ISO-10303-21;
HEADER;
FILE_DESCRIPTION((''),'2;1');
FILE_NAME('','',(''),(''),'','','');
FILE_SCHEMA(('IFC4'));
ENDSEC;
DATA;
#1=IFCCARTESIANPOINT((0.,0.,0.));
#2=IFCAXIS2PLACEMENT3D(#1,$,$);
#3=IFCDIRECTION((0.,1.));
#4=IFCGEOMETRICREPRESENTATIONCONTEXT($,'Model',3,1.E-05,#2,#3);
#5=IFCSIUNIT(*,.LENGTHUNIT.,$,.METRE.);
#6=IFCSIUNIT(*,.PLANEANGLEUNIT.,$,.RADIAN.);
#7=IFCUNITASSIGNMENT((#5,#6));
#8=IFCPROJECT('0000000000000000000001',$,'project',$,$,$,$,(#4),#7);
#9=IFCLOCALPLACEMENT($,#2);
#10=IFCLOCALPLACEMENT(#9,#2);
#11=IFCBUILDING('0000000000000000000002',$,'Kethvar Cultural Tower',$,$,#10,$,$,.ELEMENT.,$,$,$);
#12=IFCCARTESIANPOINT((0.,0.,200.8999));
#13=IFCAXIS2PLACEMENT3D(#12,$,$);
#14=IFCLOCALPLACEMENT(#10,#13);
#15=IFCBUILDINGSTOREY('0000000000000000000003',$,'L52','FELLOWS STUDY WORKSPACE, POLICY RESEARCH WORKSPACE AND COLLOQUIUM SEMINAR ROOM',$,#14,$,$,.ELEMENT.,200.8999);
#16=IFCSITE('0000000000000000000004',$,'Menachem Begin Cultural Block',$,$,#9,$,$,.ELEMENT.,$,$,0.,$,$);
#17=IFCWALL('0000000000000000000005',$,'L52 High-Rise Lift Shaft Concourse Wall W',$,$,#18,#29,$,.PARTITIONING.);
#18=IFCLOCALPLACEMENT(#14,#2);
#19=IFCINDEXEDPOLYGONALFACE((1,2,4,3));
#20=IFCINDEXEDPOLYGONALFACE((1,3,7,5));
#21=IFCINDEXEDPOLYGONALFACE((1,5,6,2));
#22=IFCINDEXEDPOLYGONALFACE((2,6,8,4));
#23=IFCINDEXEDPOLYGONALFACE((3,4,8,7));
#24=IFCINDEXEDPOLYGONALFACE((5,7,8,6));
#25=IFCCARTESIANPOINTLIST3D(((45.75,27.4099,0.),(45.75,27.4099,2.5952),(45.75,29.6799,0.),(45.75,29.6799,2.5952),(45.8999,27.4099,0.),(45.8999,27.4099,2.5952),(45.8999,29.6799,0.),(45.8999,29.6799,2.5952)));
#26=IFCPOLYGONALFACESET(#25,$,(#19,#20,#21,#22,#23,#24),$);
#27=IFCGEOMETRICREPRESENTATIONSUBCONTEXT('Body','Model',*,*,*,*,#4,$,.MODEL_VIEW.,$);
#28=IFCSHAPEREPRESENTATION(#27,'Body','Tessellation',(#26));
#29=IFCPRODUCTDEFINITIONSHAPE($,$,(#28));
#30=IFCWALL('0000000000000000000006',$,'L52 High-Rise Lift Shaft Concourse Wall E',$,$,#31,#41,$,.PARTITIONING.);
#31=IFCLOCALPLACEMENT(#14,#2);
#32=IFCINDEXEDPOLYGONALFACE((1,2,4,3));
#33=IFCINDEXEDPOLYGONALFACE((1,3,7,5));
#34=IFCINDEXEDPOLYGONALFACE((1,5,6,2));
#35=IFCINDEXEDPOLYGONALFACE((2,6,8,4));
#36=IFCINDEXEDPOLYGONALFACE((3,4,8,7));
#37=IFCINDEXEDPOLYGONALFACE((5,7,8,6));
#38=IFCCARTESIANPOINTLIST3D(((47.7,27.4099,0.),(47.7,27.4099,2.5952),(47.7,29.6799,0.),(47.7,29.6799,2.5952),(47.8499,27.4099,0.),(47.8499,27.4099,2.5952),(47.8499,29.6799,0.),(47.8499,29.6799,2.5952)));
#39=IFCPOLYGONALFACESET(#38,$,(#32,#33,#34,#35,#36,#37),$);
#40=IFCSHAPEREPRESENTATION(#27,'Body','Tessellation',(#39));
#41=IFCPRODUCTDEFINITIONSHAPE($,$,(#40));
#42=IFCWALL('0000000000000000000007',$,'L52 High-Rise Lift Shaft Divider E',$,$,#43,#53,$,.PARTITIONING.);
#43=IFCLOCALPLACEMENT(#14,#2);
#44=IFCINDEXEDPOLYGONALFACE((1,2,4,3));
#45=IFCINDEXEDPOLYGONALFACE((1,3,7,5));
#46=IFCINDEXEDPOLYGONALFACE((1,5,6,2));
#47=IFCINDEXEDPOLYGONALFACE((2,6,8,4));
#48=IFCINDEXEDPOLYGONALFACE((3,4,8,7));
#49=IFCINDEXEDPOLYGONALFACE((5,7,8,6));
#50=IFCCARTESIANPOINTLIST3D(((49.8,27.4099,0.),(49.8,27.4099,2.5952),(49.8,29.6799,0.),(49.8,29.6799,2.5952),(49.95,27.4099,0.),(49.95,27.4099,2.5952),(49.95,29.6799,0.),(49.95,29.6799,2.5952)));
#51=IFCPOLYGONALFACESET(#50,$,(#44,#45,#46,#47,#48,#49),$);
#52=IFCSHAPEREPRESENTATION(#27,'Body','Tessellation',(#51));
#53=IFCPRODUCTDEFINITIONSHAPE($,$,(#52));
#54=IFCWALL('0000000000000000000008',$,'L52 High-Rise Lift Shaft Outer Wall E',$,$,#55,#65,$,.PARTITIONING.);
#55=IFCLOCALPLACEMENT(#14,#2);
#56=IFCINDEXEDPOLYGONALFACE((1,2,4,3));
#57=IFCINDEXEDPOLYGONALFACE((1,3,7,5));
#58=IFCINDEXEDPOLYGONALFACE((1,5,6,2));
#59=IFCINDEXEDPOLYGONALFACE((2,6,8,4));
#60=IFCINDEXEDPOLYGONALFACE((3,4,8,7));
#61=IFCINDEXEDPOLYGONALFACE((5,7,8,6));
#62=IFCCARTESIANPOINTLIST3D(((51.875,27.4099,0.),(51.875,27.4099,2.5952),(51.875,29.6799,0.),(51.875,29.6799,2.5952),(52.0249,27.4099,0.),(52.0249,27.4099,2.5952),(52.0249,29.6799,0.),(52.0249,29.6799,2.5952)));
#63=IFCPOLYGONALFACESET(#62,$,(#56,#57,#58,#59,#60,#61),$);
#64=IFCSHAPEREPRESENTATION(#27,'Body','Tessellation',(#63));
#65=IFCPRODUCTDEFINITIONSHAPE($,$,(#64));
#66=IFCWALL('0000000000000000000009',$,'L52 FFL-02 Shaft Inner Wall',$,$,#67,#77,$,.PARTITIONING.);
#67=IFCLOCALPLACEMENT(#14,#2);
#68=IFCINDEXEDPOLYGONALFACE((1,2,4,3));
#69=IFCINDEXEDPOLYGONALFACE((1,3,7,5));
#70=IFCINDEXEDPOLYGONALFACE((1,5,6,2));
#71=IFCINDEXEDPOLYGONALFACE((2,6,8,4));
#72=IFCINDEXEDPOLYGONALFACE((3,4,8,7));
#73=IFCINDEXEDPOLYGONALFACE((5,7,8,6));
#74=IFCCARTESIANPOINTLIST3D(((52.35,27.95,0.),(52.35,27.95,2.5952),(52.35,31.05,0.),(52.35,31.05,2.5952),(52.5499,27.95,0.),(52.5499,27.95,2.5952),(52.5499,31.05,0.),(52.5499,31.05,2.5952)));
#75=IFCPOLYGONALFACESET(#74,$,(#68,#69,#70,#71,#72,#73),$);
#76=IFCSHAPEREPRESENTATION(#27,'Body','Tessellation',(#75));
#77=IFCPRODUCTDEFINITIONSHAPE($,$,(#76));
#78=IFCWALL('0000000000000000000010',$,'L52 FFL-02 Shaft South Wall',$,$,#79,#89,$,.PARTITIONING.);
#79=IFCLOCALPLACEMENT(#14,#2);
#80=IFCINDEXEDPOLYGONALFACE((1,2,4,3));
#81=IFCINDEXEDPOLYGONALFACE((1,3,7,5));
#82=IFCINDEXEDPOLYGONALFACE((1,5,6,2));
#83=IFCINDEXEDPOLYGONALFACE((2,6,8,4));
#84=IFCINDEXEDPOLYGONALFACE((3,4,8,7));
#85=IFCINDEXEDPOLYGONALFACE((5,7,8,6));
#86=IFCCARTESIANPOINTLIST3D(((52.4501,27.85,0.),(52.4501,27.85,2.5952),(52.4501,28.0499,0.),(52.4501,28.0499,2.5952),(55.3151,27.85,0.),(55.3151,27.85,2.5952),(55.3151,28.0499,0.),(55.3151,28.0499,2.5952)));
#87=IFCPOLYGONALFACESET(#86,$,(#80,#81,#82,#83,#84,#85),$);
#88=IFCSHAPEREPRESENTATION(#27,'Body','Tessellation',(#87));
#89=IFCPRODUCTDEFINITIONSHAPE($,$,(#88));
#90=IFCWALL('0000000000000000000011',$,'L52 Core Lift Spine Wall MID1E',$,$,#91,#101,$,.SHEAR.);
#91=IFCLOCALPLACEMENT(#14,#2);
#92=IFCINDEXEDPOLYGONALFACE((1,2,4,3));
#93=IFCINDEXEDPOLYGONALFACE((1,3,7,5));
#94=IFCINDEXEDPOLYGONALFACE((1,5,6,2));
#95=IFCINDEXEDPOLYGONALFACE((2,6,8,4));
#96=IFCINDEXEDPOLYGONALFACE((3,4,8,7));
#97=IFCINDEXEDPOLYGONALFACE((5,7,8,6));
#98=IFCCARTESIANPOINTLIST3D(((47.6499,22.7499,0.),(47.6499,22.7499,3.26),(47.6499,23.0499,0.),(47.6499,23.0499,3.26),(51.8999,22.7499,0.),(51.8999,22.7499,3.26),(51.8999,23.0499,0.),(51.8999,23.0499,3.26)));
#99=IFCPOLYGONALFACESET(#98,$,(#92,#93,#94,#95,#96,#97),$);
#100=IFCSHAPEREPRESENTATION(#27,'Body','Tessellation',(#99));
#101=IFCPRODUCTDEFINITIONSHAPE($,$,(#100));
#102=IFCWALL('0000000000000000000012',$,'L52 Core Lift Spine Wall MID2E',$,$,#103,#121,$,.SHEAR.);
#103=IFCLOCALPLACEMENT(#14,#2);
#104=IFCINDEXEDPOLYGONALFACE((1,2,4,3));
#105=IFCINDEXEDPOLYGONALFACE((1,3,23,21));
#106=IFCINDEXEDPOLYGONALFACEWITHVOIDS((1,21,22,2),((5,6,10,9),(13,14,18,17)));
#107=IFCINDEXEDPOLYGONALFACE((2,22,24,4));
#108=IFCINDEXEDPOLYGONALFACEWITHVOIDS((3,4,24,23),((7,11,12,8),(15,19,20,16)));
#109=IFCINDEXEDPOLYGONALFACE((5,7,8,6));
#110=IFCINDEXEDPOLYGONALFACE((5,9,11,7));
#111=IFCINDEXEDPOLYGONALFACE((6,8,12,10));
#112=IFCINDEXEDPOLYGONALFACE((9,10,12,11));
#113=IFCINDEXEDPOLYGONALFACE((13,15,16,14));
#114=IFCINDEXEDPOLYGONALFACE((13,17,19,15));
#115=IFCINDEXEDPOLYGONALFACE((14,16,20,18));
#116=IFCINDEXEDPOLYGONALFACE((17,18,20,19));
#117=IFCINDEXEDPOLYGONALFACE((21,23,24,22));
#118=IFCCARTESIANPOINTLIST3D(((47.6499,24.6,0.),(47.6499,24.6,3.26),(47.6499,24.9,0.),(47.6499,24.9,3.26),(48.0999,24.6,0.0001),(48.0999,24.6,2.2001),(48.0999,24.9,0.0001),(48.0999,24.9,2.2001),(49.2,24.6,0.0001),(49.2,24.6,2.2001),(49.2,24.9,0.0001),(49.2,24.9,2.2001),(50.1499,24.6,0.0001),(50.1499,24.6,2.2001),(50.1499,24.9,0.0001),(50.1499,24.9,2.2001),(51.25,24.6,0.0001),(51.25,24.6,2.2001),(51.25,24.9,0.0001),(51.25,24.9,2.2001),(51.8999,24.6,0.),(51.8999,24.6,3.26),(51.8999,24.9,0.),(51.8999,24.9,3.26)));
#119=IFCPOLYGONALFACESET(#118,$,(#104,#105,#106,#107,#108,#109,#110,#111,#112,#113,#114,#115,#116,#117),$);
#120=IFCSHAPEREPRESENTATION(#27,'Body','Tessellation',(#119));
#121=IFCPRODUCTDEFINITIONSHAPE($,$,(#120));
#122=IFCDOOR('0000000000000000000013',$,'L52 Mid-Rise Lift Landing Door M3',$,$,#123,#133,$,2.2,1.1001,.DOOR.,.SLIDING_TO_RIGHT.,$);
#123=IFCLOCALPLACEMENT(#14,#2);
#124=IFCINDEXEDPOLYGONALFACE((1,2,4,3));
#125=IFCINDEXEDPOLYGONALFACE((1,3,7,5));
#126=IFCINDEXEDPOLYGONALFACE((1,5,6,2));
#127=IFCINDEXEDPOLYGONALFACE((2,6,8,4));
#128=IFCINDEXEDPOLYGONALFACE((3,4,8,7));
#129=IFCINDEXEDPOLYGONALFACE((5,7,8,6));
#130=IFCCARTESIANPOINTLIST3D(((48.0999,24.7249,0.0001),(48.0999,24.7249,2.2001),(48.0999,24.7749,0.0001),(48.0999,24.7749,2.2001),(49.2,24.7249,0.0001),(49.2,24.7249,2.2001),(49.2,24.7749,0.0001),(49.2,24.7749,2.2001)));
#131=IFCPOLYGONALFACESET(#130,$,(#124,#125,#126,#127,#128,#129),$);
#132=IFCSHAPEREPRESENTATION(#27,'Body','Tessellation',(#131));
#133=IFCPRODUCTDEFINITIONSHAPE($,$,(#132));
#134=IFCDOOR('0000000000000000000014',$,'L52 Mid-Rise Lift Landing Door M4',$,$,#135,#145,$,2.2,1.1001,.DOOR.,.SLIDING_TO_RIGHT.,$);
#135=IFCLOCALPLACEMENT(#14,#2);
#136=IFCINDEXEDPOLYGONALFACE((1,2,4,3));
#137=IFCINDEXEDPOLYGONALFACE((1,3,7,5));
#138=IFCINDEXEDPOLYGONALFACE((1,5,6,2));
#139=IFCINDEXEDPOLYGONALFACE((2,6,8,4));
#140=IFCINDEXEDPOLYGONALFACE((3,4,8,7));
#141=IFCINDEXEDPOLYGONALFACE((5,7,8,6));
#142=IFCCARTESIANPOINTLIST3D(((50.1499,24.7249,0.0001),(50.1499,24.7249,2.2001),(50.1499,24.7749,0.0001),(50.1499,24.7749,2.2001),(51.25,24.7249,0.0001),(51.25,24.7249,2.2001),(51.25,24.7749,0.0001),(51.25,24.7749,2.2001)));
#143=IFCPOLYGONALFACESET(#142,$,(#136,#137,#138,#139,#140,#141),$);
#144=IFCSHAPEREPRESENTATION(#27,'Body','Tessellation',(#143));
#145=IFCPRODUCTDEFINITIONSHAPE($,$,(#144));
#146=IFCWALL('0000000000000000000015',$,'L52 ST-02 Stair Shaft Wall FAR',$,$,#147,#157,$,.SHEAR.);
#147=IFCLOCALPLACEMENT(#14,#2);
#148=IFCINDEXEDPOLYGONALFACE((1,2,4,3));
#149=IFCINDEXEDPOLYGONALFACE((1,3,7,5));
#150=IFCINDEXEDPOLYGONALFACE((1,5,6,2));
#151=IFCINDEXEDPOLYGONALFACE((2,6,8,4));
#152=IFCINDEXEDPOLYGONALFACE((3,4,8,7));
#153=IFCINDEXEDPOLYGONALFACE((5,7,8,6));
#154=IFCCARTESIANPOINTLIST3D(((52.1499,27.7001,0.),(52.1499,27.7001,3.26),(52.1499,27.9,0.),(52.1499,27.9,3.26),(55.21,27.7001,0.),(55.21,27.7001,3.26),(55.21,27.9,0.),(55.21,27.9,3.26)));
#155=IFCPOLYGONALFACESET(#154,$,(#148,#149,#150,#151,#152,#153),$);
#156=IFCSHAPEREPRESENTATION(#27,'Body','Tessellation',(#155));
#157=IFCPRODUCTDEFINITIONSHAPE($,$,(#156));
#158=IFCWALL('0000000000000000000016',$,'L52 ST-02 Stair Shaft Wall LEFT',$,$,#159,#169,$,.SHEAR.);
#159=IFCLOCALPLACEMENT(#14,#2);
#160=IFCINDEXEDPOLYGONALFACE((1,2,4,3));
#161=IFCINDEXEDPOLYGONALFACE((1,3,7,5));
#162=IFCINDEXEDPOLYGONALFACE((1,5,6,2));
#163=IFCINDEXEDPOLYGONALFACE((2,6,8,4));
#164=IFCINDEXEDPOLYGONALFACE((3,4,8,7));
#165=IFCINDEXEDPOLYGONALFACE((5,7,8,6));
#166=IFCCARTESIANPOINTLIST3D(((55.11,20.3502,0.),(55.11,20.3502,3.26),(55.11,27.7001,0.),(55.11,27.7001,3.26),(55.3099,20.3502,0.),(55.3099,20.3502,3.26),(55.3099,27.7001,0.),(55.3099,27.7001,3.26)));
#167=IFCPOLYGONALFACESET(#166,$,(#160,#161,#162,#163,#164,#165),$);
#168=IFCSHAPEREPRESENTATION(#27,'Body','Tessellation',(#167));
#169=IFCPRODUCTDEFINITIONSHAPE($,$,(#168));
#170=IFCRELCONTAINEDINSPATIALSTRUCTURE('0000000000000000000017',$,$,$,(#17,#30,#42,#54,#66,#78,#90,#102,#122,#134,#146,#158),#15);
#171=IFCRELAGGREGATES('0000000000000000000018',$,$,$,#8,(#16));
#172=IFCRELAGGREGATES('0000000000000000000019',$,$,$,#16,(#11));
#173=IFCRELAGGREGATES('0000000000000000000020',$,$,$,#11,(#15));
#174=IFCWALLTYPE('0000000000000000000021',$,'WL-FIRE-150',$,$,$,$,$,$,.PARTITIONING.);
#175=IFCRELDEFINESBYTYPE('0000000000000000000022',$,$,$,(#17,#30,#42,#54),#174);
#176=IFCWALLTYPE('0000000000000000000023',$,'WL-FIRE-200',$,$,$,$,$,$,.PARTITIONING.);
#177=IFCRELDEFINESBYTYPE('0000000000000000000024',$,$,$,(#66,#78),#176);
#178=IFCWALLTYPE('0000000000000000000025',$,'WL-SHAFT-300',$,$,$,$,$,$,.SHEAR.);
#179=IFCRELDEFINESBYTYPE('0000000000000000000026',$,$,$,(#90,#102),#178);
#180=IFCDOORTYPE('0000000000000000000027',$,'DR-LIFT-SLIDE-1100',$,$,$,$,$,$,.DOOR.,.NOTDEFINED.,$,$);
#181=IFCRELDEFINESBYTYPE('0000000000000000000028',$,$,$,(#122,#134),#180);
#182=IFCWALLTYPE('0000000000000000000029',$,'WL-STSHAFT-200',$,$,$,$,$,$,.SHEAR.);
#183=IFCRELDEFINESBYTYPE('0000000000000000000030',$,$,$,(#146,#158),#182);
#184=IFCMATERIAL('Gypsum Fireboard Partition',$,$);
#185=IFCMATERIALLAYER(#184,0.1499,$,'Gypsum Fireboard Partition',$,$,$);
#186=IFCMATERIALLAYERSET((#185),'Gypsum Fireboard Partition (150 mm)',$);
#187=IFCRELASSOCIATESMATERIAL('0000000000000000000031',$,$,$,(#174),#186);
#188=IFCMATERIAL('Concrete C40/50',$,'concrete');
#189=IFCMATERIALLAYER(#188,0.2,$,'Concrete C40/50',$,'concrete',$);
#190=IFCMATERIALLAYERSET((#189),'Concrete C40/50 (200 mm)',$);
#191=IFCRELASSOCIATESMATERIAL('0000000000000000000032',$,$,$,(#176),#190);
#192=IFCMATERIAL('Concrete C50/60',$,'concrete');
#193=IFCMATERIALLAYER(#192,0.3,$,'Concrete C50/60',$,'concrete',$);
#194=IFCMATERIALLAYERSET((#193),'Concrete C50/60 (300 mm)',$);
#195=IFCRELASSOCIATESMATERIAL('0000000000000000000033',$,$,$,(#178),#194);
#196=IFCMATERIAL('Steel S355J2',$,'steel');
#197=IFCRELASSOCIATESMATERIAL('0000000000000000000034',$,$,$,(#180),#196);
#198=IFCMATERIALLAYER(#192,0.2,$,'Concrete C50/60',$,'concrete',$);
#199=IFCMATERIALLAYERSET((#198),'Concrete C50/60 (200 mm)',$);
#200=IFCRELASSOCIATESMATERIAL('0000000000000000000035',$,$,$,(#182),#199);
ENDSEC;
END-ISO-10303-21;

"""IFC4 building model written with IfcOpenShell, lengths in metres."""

from ifc_helpers import new_model, si_unit, direction, frame, frame_2d, origin, place, context, subcontext, project, spatial, rectangle, extrude, source, transform, mapped, material, layer, layer_set, type_object, element, fill, save


model = new_model("IFC4")

# Units and contexts
model_context = context("Model", 3, precision=1e-05, world=origin(), true_north=direction((0.0, 1.0)))
body_context = subcontext(model_context, "Body", "Model", "MODEL_VIEW")
ifc_project = project(units=[si_unit("LENGTHUNIT", "METRE"), si_unit("PLANEANGLEUNIT", "RADIAN")], contexts=[model_context])

# Site, building, storey
site_placement = place(None, origin())
site = spatial("IfcSite", under=ifc_project, at=site_placement, Name="Menachem Begin Cultural Block", CompositionType="ELEMENT", RefElevation=0.0)
building_placement = place(site_placement, origin())
building = spatial("IfcBuilding", under=site, at=building_placement, Name="Kethvar Cultural Tower", CompositionType="ELEMENT")
storey_placement = place(building_placement, frame((0.0, 0.0, 200.8999)))
storey = spatial("IfcBuildingStorey", under=building, at=storey_placement, Name="L52", Description="FELLOWS STUDY WORKSPACE, POLICY RESEARCH WORKSPACE AND COLLOQUIUM SEMINAR ROOM", CompositionType="ELEMENT", Elevation=200.8999)

# Shared definitions
ifc_material_1 = material(Name="Steel S355J2", Category="steel")

# Walls
ifc_material_2 = material(Name="Gypsum Fireboard Partition")
ifc_layer_1 = layer(ifc_material_2, 0.1499, Name="Gypsum Fireboard Partition")
ifc_layer_set_1 = layer_set([ifc_layer_1], Name="Gypsum Fireboard Partition (150 mm)")
wall_type_1 = type_object("IfcWallType", Name="WL-FIRE-150", PredefinedType="PARTITIONING", material=ifc_layer_set_1)
for number, where, z_axis, x_axis, name in (
    (1, (45.825, 27.4099, 0.0), (0.0, 0.0, 1.0), (0.0, 1.0, 0.0), "L52 High-Rise Lift Shaft Concourse Wall W"),
    (2, (47.7749, 27.4099, 0.0), (0.0, 0.0, 1.0), (0.0, 1.0, 0.0), "L52 High-Rise Lift Shaft Concourse Wall E"),
    (3, (49.875, 27.4099, 0.0), (0.0, 0.0, 1.0), (0.0, 1.0, 0.0), "L52 High-Rise Lift Shaft Divider E"),
    (4, (51.95, 27.4099, 0.0), (0.0, 0.0, 1.0), (0.0, 1.0, 0.0), "L52 High-Rise Lift Shaft Outer Wall E"),
):
    element("IfcWall", number, at=place(storey_placement, frame(where, z_axis=z_axis, x_axis=x_axis)), inside=storey, type_object=wall_type_1, Name=name, PredefinedType="PARTITIONING", context=body_context, shape_type="SweptSolid", body=[
        extrude(rectangle(XDim=2.27, YDim=0.1499, at=frame_2d((1.135, 0.0))), origin(), (0.0, 0.0, 1.0), 2.5952),
    ])
ifc_material_3 = material(Name="Concrete C40/50", Category="concrete")
ifc_layer_2 = layer(ifc_material_3, 0.2, Name="Concrete C40/50", Category="concrete")
ifc_layer_set_2 = layer_set([ifc_layer_2], Name="Concrete C40/50 (200 mm)")
wall_type_2 = type_object("IfcWallType", Name="WL-FIRE-200", PredefinedType="PARTITIONING", material=ifc_layer_set_2)
wall_1_placement = place(storey_placement, frame((52.45, 27.95, 0.0), z_axis=(0.0, 0.0, 1.0), x_axis=(0.0, 1.0, 0.0)))
element("IfcWall", 5, at=wall_1_placement, inside=storey, type_object=wall_type_2, Name="L52 FFL-02 Shaft Inner Wall", PredefinedType="PARTITIONING", context=body_context, shape_type="SweptSolid", body=[
    extrude(rectangle(XDim=3.1001, YDim=0.2, at=frame_2d((1.55, 0.0))), origin(), (0.0, 0.0, 1.0), 2.5952),
])
wall_2_placement = place(storey_placement, frame((52.45, 27.95, 0.0), z_axis=(0.0, 0.0, 1.0), x_axis=(1.0, 0.0, 0.0)))
element("IfcWall", 6, at=wall_2_placement, inside=storey, type_object=wall_type_2, Name="L52 FFL-02 Shaft South Wall", PredefinedType="PARTITIONING", context=body_context, shape_type="SweptSolid", body=[
    extrude(rectangle(XDim=2.865, YDim=0.2, at=frame_2d((1.4326, 0.0))), origin(), (0.0, 0.0, 1.0), 2.5952),
])
ifc_material_4 = material(Name="Concrete C50/60", Category="concrete")
ifc_layer_3 = layer(ifc_material_4, 0.3, Name="Concrete C50/60", Category="concrete")
ifc_layer_set_3 = layer_set([ifc_layer_3], Name="Concrete C50/60 (300 mm)")
wall_type_3 = type_object("IfcWallType", Name="WL-SHAFT-300", PredefinedType="SHEAR", material=ifc_layer_set_3)
wall_3_placement = place(storey_placement, frame((47.6499, 22.8999, 0.0), z_axis=(0.0, 0.0, 1.0), x_axis=(1.0, 0.0, 0.0)))
element("IfcWall", 7, at=wall_3_placement, inside=storey, type_object=wall_type_3, Name="L52 Core Lift Spine Wall MID1E", PredefinedType="SHEAR", context=body_context, shape_type="SweptSolid", body=[
    extrude(rectangle(XDim=4.25, YDim=0.3, at=frame_2d((2.125, 0.0))), origin(), (0.0, 0.0, 1.0), 3.26),
])

# Wall, openings, doors
wall_4_placement = place(storey_placement, frame((47.6499, 24.75, 0.0), z_axis=(0.0, 0.0, 1.0), x_axis=(1.0, 0.0, 0.0)))
wall_4 = element("IfcWall", 8, at=wall_4_placement, inside=storey, type_object=wall_type_3, Name="L52 Core Lift Spine Wall MID2E", PredefinedType="SHEAR", context=body_context, shape_type="SweptSolid", body=[
    extrude(rectangle(XDim=4.25, YDim=0.3, at=frame_2d((2.125, 0.0))), origin(), (0.0, 0.0, 1.0), 3.26),
])
opening_1_placement = place(wall_4_placement, frame((0.45, 0.0, 0.0)))
opening_1 = element("IfcOpeningElement", 9, at=opening_1_placement, cuts=wall_4, PredefinedType="OPENING", context=body_context, shape_type="SweptSolid", body=[
    extrude(rectangle(XDim=1.1001, YDim=2.2, at=frame_2d((0.55, 1.1001))), frame((0.0, 0.1599, 0.0), z_axis=(0.0, -1.0, 0.0), x_axis=(1.0, 0.0, 0.0)), (0.0, 0.0, 1.0), 0.3201),
])
opening_2_placement = place(wall_4_placement, frame((2.5, 0.0, 0.0)))
opening_2 = element("IfcOpeningElement", 10, at=opening_2_placement, cuts=wall_4, PredefinedType="OPENING", context=body_context, shape_type="SweptSolid", body=[
    extrude(rectangle(XDim=1.1001, YDim=2.2, at=frame_2d((0.55, 1.1001))), frame((0.0, 0.1599, 0.0), z_axis=(0.0, -1.0, 0.0), x_axis=(1.0, 0.0, 0.0)), (0.0, 0.0, 1.0), 0.3201),
])
door_type = type_object("IfcDoorType", Name="DR-LIFT-SLIDE-1100", OperationType="NOTDEFINED", PredefinedType="DOOR", material=ifc_material_1)
shared_shape_1 = source(origin(), body_context, "Body", "SweptSolid", [
    extrude(rectangle(XDim=1.1001, YDim=2.2, at=frame_2d((0.55, 1.1001))), frame((0.0, 0.0249, 0.0), z_axis=(0.0, -1.0, 0.0), x_axis=(1.0, 0.0, 0.0)), (0.0, 0.0, 1.0), 0.05),
])
door_1_placement = place(opening_1_placement, origin())
door_1 = element("IfcDoor", 11, at=door_1_placement, inside=storey, type_object=door_type, Name="L52 Mid-Rise Lift Landing Door M3", OperationType="SLIDING_TO_RIGHT", OverallHeight=2.2, OverallWidth=1.1001, PredefinedType="DOOR", context=body_context, shape_type="MappedRepresentation", body=[
    mapped(shared_shape_1, transform((0.0, 0.0, 0.0), scale=1.0)),
])
fill(opening_1, door_1)
door_2_placement = place(opening_2_placement, origin())
door_2 = element("IfcDoor", 12, at=door_2_placement, inside=storey, type_object=door_type, Name="L52 Mid-Rise Lift Landing Door M4", OperationType="SLIDING_TO_RIGHT", OverallHeight=2.2, OverallWidth=1.1001, PredefinedType="DOOR", context=body_context, shape_type="MappedRepresentation", body=[
    mapped(shared_shape_1, transform((0.0, 0.0, 0.0), scale=1.0)),
])
fill(opening_2, door_2)

# Walls
ifc_layer_4 = layer(ifc_material_4, 0.2, Name="Concrete C50/60", Category="concrete")
ifc_layer_set_4 = layer_set([ifc_layer_4], Name="Concrete C50/60 (200 mm)")
wall_type_4 = type_object("IfcWallType", Name="WL-STSHAFT-200", PredefinedType="SHEAR", material=ifc_layer_set_4)
wall_5_placement = place(storey_placement, frame((52.1499, 27.8, 0.0), z_axis=(0.0, 0.0, 1.0), x_axis=(1.0, 0.0, 0.0)))
element("IfcWall", 13, at=wall_5_placement, inside=storey, type_object=wall_type_4, Name="L52 ST-02 Stair Shaft Wall FAR", PredefinedType="SHEAR", context=body_context, shape_type="SweptSolid", body=[
    extrude(rectangle(XDim=3.0601, YDim=0.2, at=frame_2d((1.53, 0.0))), origin(), (0.0, 0.0, 1.0), 3.26),
])
wall_6_placement = place(storey_placement, frame((55.21, 27.7, 0.0), z_axis=(0.0, 0.0, 1.0), x_axis=(0.0, -1.0, 0.0)))
element("IfcWall", 14, at=wall_6_placement, inside=storey, type_object=wall_type_4, Name="L52 ST-02 Stair Shaft Wall LEFT", PredefinedType="SHEAR", context=body_context, shape_type="SweptSolid", body=[
    extrude(rectangle(XDim=7.3499, YDim=0.2, at=frame_2d((3.6748, 0.0))), origin(), (0.0, 0.0, 1.0), 3.26),
])

save(model, "model.ifc")
